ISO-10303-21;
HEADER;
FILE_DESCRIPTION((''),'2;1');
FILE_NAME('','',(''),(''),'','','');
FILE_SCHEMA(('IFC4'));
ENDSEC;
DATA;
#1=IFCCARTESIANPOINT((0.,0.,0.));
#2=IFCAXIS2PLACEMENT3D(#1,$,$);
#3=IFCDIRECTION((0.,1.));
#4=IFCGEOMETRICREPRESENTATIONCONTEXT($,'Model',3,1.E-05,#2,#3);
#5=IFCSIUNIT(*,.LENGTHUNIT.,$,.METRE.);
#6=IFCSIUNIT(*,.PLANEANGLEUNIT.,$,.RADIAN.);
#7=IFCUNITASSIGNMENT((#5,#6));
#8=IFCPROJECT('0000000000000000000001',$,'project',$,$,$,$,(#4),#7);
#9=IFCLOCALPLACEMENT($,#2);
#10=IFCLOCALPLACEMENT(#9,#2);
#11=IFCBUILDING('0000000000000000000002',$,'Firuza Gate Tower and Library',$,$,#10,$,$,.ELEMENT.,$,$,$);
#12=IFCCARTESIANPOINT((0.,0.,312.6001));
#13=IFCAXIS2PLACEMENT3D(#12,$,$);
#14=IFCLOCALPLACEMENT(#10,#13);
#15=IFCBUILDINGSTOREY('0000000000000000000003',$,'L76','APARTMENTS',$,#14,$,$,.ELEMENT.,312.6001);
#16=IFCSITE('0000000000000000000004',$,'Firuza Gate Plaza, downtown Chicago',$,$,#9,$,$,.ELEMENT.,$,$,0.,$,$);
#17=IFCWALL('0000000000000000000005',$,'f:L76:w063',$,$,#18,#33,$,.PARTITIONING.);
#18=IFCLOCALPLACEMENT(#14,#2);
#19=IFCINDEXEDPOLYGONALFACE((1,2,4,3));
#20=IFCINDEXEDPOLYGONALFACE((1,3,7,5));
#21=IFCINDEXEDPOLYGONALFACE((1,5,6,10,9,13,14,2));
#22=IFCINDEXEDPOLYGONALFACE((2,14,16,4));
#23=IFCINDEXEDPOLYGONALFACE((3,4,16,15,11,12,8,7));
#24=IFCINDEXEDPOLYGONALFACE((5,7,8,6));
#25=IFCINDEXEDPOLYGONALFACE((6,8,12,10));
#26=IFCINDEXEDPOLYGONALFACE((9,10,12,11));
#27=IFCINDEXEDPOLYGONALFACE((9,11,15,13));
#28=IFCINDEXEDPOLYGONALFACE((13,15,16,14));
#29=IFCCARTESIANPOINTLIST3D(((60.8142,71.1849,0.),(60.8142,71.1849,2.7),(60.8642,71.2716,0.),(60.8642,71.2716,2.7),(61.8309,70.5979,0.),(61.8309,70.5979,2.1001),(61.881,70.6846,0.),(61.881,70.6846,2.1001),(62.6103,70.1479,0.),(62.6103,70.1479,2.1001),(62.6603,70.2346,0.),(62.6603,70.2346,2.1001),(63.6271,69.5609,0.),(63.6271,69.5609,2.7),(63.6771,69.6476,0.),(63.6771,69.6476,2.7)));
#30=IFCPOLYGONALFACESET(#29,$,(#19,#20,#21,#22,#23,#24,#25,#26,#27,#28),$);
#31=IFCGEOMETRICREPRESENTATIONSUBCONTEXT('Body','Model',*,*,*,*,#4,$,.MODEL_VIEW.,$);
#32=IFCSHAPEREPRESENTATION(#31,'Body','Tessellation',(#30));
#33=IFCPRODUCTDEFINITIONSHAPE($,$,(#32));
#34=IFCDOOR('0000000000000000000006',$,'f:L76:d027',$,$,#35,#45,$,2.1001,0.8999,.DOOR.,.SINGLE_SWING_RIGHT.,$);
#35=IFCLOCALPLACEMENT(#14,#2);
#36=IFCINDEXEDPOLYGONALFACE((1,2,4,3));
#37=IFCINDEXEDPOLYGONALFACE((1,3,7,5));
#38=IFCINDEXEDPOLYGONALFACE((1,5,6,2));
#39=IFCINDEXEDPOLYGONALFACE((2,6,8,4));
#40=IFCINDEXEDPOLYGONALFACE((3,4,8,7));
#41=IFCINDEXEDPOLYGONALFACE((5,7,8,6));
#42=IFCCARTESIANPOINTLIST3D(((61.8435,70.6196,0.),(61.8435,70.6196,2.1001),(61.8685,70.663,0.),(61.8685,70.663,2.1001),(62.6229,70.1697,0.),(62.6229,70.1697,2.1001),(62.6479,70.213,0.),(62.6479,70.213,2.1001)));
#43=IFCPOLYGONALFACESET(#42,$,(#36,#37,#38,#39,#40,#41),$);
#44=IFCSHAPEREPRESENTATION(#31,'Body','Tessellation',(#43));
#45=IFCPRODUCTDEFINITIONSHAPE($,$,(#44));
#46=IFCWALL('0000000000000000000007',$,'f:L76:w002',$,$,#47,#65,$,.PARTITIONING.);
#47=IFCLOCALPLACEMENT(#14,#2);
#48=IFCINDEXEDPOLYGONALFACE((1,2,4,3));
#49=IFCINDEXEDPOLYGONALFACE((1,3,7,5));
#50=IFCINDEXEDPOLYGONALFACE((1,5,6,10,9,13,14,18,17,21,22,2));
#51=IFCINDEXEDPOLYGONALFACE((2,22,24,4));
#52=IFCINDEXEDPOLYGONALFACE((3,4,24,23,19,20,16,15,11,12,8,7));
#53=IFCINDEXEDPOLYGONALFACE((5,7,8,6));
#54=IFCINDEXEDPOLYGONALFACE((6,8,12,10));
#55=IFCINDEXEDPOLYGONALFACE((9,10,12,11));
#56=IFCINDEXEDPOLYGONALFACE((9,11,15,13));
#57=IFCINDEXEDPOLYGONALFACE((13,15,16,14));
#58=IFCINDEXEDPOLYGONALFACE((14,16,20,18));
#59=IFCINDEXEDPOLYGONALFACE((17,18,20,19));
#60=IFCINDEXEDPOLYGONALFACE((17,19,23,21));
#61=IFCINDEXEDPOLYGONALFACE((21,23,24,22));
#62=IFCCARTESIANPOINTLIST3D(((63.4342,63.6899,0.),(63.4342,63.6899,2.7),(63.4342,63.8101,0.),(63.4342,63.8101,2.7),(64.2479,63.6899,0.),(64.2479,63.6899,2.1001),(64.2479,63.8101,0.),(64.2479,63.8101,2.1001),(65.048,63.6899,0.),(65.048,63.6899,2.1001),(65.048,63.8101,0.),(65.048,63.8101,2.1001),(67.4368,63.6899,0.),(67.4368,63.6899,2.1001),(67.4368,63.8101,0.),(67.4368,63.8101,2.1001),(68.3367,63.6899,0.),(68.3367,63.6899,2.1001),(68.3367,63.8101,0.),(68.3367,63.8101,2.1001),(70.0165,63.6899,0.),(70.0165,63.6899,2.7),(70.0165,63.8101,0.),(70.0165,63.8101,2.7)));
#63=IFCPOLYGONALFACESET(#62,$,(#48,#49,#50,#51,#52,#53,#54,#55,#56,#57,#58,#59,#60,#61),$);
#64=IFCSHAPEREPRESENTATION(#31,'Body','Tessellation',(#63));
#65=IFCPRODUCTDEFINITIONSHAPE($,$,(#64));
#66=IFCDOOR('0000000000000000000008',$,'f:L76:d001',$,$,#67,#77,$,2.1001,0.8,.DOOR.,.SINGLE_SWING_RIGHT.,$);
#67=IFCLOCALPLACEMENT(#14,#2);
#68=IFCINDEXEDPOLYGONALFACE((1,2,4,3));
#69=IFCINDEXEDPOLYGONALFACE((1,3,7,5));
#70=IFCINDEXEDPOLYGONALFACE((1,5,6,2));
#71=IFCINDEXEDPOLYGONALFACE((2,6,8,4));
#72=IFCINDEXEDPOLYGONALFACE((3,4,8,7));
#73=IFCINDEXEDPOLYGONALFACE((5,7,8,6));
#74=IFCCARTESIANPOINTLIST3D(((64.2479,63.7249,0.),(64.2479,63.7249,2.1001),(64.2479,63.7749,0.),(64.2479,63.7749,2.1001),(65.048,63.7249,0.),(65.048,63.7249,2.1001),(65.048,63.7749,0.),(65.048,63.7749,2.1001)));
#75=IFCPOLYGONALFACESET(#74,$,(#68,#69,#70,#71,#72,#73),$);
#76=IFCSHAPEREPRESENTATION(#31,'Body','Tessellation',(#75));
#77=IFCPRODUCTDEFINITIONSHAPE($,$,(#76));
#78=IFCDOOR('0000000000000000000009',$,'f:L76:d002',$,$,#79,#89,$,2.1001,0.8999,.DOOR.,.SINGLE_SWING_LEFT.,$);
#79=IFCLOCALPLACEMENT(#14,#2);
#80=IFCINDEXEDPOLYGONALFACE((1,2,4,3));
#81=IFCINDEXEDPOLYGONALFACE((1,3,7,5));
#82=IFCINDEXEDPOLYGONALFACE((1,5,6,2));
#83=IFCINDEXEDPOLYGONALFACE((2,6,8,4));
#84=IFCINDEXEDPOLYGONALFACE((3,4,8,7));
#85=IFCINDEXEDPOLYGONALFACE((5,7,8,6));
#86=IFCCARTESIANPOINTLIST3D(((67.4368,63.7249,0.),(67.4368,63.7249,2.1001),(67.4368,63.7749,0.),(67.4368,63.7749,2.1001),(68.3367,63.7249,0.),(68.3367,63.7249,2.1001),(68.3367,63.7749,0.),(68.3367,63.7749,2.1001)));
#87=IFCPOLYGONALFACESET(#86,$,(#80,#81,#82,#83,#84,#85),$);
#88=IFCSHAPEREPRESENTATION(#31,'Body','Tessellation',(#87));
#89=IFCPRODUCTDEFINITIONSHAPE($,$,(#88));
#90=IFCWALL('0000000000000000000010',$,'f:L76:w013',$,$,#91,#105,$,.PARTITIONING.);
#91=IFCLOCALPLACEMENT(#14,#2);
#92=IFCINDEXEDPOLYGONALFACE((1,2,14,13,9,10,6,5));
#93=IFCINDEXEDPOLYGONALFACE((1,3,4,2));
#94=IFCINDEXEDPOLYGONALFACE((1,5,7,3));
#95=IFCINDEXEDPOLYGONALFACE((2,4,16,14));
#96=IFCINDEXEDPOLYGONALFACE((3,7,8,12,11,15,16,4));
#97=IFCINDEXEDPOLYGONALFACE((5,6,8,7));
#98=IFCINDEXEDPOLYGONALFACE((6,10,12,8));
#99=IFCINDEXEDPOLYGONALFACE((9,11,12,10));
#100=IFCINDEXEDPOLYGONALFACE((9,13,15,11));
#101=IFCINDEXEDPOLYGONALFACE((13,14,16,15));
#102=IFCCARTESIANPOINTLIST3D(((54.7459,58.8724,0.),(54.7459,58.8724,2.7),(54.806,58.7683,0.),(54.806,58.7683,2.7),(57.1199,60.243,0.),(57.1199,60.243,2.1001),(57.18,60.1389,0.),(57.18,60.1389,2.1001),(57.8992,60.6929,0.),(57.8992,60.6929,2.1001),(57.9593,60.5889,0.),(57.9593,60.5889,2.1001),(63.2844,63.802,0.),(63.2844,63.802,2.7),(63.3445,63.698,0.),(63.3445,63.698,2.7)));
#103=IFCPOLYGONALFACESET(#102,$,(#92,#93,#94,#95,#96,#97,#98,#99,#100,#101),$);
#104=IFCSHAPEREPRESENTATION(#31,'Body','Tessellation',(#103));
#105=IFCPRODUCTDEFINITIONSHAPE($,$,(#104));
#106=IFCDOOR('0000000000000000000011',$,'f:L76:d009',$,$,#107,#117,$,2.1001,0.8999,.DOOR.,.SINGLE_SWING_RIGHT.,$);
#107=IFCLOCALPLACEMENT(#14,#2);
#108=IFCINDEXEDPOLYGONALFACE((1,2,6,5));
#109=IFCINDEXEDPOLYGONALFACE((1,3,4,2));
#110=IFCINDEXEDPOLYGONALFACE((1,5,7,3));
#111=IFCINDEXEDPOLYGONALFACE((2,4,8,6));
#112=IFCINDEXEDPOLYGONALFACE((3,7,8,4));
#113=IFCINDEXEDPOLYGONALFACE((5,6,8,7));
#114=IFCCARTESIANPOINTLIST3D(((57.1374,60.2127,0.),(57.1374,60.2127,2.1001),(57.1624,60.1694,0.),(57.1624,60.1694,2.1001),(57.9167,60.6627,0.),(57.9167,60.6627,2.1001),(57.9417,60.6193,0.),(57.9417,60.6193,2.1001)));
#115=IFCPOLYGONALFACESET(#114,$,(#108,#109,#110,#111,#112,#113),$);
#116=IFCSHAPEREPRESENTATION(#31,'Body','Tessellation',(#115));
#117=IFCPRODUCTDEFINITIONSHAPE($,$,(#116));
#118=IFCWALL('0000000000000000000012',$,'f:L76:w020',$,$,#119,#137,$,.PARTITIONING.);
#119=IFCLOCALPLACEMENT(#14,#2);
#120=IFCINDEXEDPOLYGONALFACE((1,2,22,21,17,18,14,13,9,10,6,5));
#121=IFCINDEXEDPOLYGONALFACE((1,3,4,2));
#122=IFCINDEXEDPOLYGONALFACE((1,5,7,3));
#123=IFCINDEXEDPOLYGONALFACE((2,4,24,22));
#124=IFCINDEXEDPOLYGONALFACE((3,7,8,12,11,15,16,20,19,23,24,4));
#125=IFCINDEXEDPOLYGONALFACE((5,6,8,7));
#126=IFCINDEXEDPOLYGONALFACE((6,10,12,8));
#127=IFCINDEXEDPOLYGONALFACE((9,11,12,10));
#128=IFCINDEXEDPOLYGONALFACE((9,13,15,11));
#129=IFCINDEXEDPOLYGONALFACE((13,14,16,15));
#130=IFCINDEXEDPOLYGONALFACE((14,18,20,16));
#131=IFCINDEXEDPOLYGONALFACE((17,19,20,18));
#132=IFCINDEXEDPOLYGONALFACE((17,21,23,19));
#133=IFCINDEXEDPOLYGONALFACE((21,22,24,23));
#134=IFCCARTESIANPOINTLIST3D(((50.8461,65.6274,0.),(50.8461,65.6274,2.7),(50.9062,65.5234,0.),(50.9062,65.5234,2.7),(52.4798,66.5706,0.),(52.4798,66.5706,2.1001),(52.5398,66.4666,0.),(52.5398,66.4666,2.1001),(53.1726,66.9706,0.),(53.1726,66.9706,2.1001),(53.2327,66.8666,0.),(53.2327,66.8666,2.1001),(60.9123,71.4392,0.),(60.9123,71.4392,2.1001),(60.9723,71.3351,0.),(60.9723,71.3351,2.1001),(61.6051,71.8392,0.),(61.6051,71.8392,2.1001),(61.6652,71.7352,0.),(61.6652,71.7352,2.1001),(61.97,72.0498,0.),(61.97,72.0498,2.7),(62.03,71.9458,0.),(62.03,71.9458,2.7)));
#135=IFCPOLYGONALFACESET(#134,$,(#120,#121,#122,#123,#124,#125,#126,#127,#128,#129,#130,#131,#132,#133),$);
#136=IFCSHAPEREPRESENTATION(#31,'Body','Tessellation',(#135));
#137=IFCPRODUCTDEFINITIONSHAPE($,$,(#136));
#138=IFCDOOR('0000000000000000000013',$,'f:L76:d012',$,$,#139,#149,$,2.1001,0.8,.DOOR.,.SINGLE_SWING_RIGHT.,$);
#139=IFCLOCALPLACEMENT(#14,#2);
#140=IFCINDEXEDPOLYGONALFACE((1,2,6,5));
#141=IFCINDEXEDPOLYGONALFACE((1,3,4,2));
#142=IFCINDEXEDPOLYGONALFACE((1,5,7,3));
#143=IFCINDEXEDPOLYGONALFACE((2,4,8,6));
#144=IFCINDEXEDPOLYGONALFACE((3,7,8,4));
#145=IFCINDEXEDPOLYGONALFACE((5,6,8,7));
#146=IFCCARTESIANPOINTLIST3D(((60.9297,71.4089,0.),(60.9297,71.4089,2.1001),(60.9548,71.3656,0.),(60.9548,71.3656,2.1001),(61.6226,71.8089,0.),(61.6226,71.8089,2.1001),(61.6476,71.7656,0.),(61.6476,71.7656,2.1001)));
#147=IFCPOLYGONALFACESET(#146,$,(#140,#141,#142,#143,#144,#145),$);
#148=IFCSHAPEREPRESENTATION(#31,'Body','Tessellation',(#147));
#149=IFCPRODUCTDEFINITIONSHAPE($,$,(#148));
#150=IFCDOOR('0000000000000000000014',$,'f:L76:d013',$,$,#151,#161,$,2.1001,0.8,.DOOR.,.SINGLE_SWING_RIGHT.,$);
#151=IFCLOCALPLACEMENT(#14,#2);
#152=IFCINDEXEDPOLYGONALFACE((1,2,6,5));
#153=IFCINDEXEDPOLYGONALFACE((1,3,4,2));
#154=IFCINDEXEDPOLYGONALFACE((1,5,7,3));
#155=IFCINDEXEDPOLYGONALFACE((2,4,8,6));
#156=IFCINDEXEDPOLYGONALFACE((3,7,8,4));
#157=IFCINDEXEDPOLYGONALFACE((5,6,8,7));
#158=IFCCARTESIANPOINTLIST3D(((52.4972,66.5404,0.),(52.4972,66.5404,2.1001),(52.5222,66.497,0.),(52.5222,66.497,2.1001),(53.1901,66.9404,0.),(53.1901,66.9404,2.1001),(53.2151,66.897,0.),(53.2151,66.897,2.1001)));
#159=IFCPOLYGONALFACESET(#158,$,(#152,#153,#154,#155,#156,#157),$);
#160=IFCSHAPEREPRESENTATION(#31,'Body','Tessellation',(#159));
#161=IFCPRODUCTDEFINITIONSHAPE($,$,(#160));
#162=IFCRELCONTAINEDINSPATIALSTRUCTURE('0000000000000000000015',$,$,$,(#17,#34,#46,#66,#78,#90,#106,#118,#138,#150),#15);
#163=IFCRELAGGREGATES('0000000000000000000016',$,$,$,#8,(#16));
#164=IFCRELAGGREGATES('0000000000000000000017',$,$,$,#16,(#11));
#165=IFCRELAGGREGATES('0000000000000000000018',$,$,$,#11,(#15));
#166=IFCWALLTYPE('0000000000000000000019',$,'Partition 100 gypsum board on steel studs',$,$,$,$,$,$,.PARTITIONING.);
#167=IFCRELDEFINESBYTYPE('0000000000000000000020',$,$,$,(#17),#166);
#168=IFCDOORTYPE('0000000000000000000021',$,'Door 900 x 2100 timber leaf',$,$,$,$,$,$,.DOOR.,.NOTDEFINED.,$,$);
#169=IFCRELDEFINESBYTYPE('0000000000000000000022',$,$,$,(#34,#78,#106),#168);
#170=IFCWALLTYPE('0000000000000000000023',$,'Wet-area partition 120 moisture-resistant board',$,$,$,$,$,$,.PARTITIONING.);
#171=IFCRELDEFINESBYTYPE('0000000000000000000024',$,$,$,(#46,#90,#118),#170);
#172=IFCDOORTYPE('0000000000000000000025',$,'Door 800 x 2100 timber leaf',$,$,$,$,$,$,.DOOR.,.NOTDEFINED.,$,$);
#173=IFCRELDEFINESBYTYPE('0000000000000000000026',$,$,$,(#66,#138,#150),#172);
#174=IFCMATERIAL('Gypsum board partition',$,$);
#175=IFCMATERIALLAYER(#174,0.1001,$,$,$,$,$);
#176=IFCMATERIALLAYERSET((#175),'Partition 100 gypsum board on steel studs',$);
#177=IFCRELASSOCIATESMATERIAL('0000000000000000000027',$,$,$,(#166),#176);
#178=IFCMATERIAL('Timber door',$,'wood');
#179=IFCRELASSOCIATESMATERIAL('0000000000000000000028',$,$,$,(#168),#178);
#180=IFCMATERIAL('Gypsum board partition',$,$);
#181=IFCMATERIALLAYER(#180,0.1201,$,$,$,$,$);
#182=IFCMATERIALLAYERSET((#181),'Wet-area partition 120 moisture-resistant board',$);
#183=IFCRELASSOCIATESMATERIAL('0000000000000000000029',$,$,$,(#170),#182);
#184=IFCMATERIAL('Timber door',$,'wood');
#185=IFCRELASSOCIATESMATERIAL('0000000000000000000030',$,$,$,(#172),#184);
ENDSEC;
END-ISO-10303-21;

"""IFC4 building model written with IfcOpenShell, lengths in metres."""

from ifc_helpers import new_model, si_unit, direction, frame, frame_2d, origin, place, context, subcontext, project, spatial, rectangle, extrude, material, layer, layer_set, type_object, element, fill, save


model = new_model("IFC4")

# Units and contexts
model_context = context("Model", 3, precision=1e-05, world=origin(), true_north=direction((0.0, 1.0)))
body_context = subcontext(model_context, "Body", "Model", "MODEL_VIEW")
ifc_project = project(units=[si_unit("LENGTHUNIT", "METRE"), si_unit("PLANEANGLEUNIT", "RADIAN")], contexts=[model_context])

# Site, building, storey
site_placement = place(None, origin())
site = spatial("IfcSite", under=ifc_project, at=site_placement, Name="Firuza Gate Plaza, downtown Chicago", CompositionType="ELEMENT", RefElevation=0.0)
building_placement = place(site_placement, origin())
building = spatial("IfcBuilding", under=site, at=building_placement, Name="Firuza Gate Tower and Library", CompositionType="ELEMENT")
storey_placement = place(building_placement, frame((0.0, 0.0, 312.6001)))
storey = spatial("IfcBuildingStorey", under=building, at=storey_placement, Name="L76", Description="APARTMENTS", CompositionType="ELEMENT", Elevation=312.6001)

# Shared definitions
ifc_material_1 = material(Name="Gypsum board partition")
ifc_layer_1 = layer(ifc_material_1, 0.1001)
ifc_layer_set_1 = layer_set([ifc_layer_1], Name="Partition 100 gypsum board on steel studs")
wall_type_1 = type_object("IfcWallType", Name="Partition 100 gypsum board on steel studs", PredefinedType="PARTITIONING", material=ifc_layer_set_1)

# Wall, opening, door
wall_1_placement = place(storey_placement, frame((63.6521, 69.6042, 0.0), z_axis=(0.0, 0.0, 1.0), x_axis=(-0.866033, 0.499987, 0.0)))
wall_1 = element("IfcWall", 1, at=wall_1_placement, inside=storey, type_object=wall_type_1, Name="f:L76:w063", PredefinedType="PARTITIONING", context=body_context, shape_type="SweptSolid", body=[
    extrude(rectangle(XDim=3.248, YDim=0.1001, at=frame_2d((1.624, 0.0))), origin(), (0.0, 0.0, 1.0), 2.7),
])
opening_1_placement = place(wall_1_placement, frame((1.1741, 0.0, 0.0)))
opening_1 = element("IfcOpeningElement", 2, at=opening_1_placement, cuts=wall_1, PredefinedType="OPENING", context=body_context, shape_type="SweptSolid", body=[
    extrude(rectangle(XDim=0.8999, YDim=2.1001, at=frame_2d((0.45, 1.05))), frame((0.0, 0.0601, 0.0), z_axis=(0.0, -1.0, 0.0), x_axis=(1.0, 0.0, 0.0)), (0.0, 0.0, 1.0), 0.1201),
])
ifc_material_2 = material(Name="Timber door", Category="wood")
door_type_1 = type_object("IfcDoorType", Name="Door 900 x 2100 timber leaf", OperationType="NOTDEFINED", PredefinedType="DOOR", material=ifc_material_2)
door_1_placement = place(opening_1_placement, origin())
door_1 = element("IfcDoor", 3, at=door_1_placement, inside=storey, type_object=door_type_1, Name="f:L76:d027", OperationType="SINGLE_SWING_RIGHT", OverallHeight=2.1001, OverallWidth=0.8999, PredefinedType="DOOR", context=body_context, shape_type="SweptSolid", body=[
    extrude(rectangle(XDim=0.8999, YDim=2.1001, at=frame_2d((0.45, 1.05))), frame((0.0, 0.0249, 0.0), z_axis=(0.0, -1.0, 0.0), x_axis=(1.0, 0.0, 0.0)), (0.0, 0.0, 1.0), 0.05),
])
fill(opening_1, door_1)

# Wall, openings, doors
ifc_material_3 = material(Name="Gypsum board partition")
ifc_layer_2 = layer(ifc_material_3, 0.1201)
ifc_layer_set_2 = layer_set([ifc_layer_2], Name="Wet-area partition 120 moisture-resistant board")
wall_type_2 = type_object("IfcWallType", Name="Wet-area partition 120 moisture-resistant board", PredefinedType="PARTITIONING", material=ifc_layer_set_2)
wall_2_placement = place(storey_placement, frame((63.4343, 63.75, 0.0), z_axis=(0.0, 0.0, 1.0), x_axis=(1.0, 0.0, 0.0)))
wall_2 = element("IfcWall", 4, at=wall_2_placement, inside=storey, type_object=wall_type_2, Name="f:L76:w002", PredefinedType="PARTITIONING", context=body_context, shape_type="SweptSolid", body=[
    extrude(rectangle(XDim=6.5823, YDim=0.1201, at=frame_2d((3.291, 0.0))), origin(), (0.0, 0.0, 1.0), 2.7),
])
opening_2_placement = place(wall_2_placement, frame((0.8137, 0.0, 0.0)))
opening_2 = element("IfcOpeningElement", 5, at=opening_2_placement, cuts=wall_2, PredefinedType="OPENING", context=body_context, shape_type="SweptSolid", body=[
    extrude(rectangle(XDim=0.8, YDim=2.1001, at=frame_2d((0.3999, 1.05))), frame((0.0, 0.0701, 0.0), z_axis=(0.0, -1.0, 0.0), x_axis=(1.0, 0.0, 0.0)), (0.0, 0.0, 1.0), 0.1401),
])
opening_3_placement = place(wall_2_placement, frame((4.0024, 0.0, 0.0)))
opening_3 = element("IfcOpeningElement", 6, at=opening_3_placement, cuts=wall_2, PredefinedType="OPENING", context=body_context, shape_type="SweptSolid", body=[
    extrude(rectangle(XDim=0.8999, YDim=2.1001, at=frame_2d((0.45, 1.05))), frame((0.0, 0.0701, 0.0), z_axis=(0.0, -1.0, 0.0), x_axis=(1.0, 0.0, 0.0)), (0.0, 0.0, 1.0), 0.1401),
])
ifc_material_4 = material(Name="Timber door", Category="wood")
door_type_2 = type_object("IfcDoorType", Name="Door 800 x 2100 timber leaf", OperationType="NOTDEFINED", PredefinedType="DOOR", material=ifc_material_4)
door_2_placement = place(opening_2_placement, origin())
door_2 = element("IfcDoor", 7, at=door_2_placement, inside=storey, type_object=door_type_2, Name="f:L76:d001", OperationType="SINGLE_SWING_RIGHT", OverallHeight=2.1001, OverallWidth=0.8, PredefinedType="DOOR", context=body_context, shape_type="SweptSolid", body=[
    extrude(rectangle(XDim=0.8, YDim=2.1001, at=frame_2d((0.3999, 1.05))), frame((0.0, 0.0249, 0.0), z_axis=(0.0, -1.0, 0.0), x_axis=(1.0, 0.0, 0.0)), (0.0, 0.0, 1.0), 0.05),
])
fill(opening_2, door_2)
door_3_placement = place(opening_3_placement, origin())
door_3 = element("IfcDoor", 8, at=door_3_placement, inside=storey, type_object=door_type_1, Name="f:L76:d002", OperationType="SINGLE_SWING_LEFT", OverallHeight=2.1001, OverallWidth=0.8999, PredefinedType="DOOR", context=body_context, shape_type="SweptSolid", body=[
    extrude(rectangle(XDim=0.8999, YDim=2.1001, at=frame_2d((0.45, 1.05))), frame((0.0, 0.0249, 0.0), z_axis=(0.0, -1.0, 0.0), x_axis=(1.0, 0.0, 0.0)), (0.0, 0.0, 1.0), 0.05),
])
fill(opening_3, door_3)

# Wall, opening, door
wall_3_placement = place(storey_placement, frame((63.3145, 63.75, 0.0), z_axis=(0.0, 0.0, 1.0), x_axis=(-0.866028, -0.499995, 0.0)))
wall_3 = element("IfcWall", 9, at=wall_3_placement, inside=storey, type_object=wall_type_2, Name="f:L76:w013", PredefinedType="PARTITIONING", context=body_context, shape_type="SweptSolid", body=[
    extrude(rectangle(XDim=9.8594, YDim=0.1201, at=frame_2d((4.9297, 0.0))), origin(), (0.0, 0.0, 1.0), 2.7),
])
opening_4_placement = place(wall_3_placement, frame((6.2183, 0.0, 0.0)))
opening_4 = element("IfcOpeningElement", 10, at=opening_4_placement, cuts=wall_3, PredefinedType="OPENING", context=body_context, shape_type="SweptSolid", body=[
    extrude(rectangle(XDim=0.8999, YDim=2.1001, at=frame_2d((0.45, 1.05))), frame((0.0, 0.0701, 0.0), z_axis=(0.0, -1.0, 0.0), x_axis=(1.0, 0.0, 0.0)), (0.0, 0.0, 1.0), 0.1401),
])
door_4_placement = place(opening_4_placement, origin())
door_4 = element("IfcDoor", 11, at=door_4_placement, inside=storey, type_object=door_type_1, Name="f:L76:d009", OperationType="SINGLE_SWING_RIGHT", OverallHeight=2.1001, OverallWidth=0.8999, PredefinedType="DOOR", context=body_context, shape_type="SweptSolid", body=[
    extrude(rectangle(XDim=0.8999, YDim=2.1001, at=frame_2d((0.45, 1.05))), frame((0.0, 0.0249, 0.0), z_axis=(0.0, -1.0, 0.0), x_axis=(1.0, 0.0, 0.0)), (0.0, 0.0, 1.0), 0.05),
])
fill(opening_4, door_4)

# Wall, openings, doors
wall_4_placement = place(storey_placement, frame((62.0, 71.9978, 0.0), z_axis=(0.0, 0.0, 1.0), x_axis=(-0.866024, -0.500003, 0.0)))
wall_4 = element("IfcWall", 12, at=wall_4_placement, inside=storey, type_object=wall_type_2, Name="f:L76:w020", PredefinedType="PARTITIONING", context=body_context, shape_type="SweptSolid", body=[
    extrude(rectangle(XDim=12.8447, YDim=0.1201, at=frame_2d((6.4224, 0.0))), origin(), (0.0, 0.0, 1.0), 2.7),
])
opening_5_placement = place(wall_4_placement, frame((0.4214, 0.0, 0.0)))
opening_5 = element("IfcOpeningElement", 13, at=opening_5_placement, cuts=wall_4, PredefinedType="OPENING", context=body_context, shape_type="SweptSolid", body=[
    extrude(rectangle(XDim=0.8, YDim=2.1001, at=frame_2d((0.3999, 1.05))), frame((0.0, 0.0701, 0.0), z_axis=(0.0, -1.0, 0.0), x_axis=(1.0, 0.0, 0.0)), (0.0, 0.0, 1.0), 0.1401),
])
opening_6_placement = place(wall_4_placement, frame((10.1584, 0.0, 0.0)))
opening_6 = element("IfcOpeningElement", 14, at=opening_6_placement, cuts=wall_4, PredefinedType="OPENING", context=body_context, shape_type="SweptSolid", body=[
    extrude(rectangle(XDim=0.8, YDim=2.1001, at=frame_2d((0.3999, 1.05))), frame((0.0, 0.0701, 0.0), z_axis=(0.0, -1.0, 0.0), x_axis=(1.0, 0.0, 0.0)), (0.0, 0.0, 1.0), 0.1401),
])
door_5_placement = place(opening_5_placement, origin())
door_5 = element("IfcDoor", 15, at=door_5_placement, inside=storey, type_object=door_type_2, Name="f:L76:d012", OperationType="SINGLE_SWING_RIGHT", OverallHeight=2.1001, OverallWidth=0.8, PredefinedType="DOOR", context=body_context, shape_type="SweptSolid", body=[
    extrude(rectangle(XDim=0.8, YDim=2.1001, at=frame_2d((0.3999, 1.05))), frame((0.0, 0.0249, 0.0), z_axis=(0.0, -1.0, 0.0), x_axis=(1.0, 0.0, 0.0)), (0.0, 0.0, 1.0), 0.05),
])
fill(opening_5, door_5)
door_6_placement = place(opening_6_placement, origin())
door_6 = element("IfcDoor", 16, at=door_6_placement, inside=storey, type_object=door_type_2, Name="f:L76:d013", OperationType="SINGLE_SWING_RIGHT", OverallHeight=2.1001, OverallWidth=0.8, PredefinedType="DOOR", context=body_context, shape_type="SweptSolid", body=[
    extrude(rectangle(XDim=0.8, YDim=2.1001, at=frame_2d((0.3999, 1.05))), frame((0.0, 0.0249, 0.0), z_axis=(0.0, -1.0, 0.0), x_axis=(1.0, 0.0, 0.0)), (0.0, 0.0, 1.0), 0.05),
])
fill(opening_6, door_6)

save(model, "model.ifc")
